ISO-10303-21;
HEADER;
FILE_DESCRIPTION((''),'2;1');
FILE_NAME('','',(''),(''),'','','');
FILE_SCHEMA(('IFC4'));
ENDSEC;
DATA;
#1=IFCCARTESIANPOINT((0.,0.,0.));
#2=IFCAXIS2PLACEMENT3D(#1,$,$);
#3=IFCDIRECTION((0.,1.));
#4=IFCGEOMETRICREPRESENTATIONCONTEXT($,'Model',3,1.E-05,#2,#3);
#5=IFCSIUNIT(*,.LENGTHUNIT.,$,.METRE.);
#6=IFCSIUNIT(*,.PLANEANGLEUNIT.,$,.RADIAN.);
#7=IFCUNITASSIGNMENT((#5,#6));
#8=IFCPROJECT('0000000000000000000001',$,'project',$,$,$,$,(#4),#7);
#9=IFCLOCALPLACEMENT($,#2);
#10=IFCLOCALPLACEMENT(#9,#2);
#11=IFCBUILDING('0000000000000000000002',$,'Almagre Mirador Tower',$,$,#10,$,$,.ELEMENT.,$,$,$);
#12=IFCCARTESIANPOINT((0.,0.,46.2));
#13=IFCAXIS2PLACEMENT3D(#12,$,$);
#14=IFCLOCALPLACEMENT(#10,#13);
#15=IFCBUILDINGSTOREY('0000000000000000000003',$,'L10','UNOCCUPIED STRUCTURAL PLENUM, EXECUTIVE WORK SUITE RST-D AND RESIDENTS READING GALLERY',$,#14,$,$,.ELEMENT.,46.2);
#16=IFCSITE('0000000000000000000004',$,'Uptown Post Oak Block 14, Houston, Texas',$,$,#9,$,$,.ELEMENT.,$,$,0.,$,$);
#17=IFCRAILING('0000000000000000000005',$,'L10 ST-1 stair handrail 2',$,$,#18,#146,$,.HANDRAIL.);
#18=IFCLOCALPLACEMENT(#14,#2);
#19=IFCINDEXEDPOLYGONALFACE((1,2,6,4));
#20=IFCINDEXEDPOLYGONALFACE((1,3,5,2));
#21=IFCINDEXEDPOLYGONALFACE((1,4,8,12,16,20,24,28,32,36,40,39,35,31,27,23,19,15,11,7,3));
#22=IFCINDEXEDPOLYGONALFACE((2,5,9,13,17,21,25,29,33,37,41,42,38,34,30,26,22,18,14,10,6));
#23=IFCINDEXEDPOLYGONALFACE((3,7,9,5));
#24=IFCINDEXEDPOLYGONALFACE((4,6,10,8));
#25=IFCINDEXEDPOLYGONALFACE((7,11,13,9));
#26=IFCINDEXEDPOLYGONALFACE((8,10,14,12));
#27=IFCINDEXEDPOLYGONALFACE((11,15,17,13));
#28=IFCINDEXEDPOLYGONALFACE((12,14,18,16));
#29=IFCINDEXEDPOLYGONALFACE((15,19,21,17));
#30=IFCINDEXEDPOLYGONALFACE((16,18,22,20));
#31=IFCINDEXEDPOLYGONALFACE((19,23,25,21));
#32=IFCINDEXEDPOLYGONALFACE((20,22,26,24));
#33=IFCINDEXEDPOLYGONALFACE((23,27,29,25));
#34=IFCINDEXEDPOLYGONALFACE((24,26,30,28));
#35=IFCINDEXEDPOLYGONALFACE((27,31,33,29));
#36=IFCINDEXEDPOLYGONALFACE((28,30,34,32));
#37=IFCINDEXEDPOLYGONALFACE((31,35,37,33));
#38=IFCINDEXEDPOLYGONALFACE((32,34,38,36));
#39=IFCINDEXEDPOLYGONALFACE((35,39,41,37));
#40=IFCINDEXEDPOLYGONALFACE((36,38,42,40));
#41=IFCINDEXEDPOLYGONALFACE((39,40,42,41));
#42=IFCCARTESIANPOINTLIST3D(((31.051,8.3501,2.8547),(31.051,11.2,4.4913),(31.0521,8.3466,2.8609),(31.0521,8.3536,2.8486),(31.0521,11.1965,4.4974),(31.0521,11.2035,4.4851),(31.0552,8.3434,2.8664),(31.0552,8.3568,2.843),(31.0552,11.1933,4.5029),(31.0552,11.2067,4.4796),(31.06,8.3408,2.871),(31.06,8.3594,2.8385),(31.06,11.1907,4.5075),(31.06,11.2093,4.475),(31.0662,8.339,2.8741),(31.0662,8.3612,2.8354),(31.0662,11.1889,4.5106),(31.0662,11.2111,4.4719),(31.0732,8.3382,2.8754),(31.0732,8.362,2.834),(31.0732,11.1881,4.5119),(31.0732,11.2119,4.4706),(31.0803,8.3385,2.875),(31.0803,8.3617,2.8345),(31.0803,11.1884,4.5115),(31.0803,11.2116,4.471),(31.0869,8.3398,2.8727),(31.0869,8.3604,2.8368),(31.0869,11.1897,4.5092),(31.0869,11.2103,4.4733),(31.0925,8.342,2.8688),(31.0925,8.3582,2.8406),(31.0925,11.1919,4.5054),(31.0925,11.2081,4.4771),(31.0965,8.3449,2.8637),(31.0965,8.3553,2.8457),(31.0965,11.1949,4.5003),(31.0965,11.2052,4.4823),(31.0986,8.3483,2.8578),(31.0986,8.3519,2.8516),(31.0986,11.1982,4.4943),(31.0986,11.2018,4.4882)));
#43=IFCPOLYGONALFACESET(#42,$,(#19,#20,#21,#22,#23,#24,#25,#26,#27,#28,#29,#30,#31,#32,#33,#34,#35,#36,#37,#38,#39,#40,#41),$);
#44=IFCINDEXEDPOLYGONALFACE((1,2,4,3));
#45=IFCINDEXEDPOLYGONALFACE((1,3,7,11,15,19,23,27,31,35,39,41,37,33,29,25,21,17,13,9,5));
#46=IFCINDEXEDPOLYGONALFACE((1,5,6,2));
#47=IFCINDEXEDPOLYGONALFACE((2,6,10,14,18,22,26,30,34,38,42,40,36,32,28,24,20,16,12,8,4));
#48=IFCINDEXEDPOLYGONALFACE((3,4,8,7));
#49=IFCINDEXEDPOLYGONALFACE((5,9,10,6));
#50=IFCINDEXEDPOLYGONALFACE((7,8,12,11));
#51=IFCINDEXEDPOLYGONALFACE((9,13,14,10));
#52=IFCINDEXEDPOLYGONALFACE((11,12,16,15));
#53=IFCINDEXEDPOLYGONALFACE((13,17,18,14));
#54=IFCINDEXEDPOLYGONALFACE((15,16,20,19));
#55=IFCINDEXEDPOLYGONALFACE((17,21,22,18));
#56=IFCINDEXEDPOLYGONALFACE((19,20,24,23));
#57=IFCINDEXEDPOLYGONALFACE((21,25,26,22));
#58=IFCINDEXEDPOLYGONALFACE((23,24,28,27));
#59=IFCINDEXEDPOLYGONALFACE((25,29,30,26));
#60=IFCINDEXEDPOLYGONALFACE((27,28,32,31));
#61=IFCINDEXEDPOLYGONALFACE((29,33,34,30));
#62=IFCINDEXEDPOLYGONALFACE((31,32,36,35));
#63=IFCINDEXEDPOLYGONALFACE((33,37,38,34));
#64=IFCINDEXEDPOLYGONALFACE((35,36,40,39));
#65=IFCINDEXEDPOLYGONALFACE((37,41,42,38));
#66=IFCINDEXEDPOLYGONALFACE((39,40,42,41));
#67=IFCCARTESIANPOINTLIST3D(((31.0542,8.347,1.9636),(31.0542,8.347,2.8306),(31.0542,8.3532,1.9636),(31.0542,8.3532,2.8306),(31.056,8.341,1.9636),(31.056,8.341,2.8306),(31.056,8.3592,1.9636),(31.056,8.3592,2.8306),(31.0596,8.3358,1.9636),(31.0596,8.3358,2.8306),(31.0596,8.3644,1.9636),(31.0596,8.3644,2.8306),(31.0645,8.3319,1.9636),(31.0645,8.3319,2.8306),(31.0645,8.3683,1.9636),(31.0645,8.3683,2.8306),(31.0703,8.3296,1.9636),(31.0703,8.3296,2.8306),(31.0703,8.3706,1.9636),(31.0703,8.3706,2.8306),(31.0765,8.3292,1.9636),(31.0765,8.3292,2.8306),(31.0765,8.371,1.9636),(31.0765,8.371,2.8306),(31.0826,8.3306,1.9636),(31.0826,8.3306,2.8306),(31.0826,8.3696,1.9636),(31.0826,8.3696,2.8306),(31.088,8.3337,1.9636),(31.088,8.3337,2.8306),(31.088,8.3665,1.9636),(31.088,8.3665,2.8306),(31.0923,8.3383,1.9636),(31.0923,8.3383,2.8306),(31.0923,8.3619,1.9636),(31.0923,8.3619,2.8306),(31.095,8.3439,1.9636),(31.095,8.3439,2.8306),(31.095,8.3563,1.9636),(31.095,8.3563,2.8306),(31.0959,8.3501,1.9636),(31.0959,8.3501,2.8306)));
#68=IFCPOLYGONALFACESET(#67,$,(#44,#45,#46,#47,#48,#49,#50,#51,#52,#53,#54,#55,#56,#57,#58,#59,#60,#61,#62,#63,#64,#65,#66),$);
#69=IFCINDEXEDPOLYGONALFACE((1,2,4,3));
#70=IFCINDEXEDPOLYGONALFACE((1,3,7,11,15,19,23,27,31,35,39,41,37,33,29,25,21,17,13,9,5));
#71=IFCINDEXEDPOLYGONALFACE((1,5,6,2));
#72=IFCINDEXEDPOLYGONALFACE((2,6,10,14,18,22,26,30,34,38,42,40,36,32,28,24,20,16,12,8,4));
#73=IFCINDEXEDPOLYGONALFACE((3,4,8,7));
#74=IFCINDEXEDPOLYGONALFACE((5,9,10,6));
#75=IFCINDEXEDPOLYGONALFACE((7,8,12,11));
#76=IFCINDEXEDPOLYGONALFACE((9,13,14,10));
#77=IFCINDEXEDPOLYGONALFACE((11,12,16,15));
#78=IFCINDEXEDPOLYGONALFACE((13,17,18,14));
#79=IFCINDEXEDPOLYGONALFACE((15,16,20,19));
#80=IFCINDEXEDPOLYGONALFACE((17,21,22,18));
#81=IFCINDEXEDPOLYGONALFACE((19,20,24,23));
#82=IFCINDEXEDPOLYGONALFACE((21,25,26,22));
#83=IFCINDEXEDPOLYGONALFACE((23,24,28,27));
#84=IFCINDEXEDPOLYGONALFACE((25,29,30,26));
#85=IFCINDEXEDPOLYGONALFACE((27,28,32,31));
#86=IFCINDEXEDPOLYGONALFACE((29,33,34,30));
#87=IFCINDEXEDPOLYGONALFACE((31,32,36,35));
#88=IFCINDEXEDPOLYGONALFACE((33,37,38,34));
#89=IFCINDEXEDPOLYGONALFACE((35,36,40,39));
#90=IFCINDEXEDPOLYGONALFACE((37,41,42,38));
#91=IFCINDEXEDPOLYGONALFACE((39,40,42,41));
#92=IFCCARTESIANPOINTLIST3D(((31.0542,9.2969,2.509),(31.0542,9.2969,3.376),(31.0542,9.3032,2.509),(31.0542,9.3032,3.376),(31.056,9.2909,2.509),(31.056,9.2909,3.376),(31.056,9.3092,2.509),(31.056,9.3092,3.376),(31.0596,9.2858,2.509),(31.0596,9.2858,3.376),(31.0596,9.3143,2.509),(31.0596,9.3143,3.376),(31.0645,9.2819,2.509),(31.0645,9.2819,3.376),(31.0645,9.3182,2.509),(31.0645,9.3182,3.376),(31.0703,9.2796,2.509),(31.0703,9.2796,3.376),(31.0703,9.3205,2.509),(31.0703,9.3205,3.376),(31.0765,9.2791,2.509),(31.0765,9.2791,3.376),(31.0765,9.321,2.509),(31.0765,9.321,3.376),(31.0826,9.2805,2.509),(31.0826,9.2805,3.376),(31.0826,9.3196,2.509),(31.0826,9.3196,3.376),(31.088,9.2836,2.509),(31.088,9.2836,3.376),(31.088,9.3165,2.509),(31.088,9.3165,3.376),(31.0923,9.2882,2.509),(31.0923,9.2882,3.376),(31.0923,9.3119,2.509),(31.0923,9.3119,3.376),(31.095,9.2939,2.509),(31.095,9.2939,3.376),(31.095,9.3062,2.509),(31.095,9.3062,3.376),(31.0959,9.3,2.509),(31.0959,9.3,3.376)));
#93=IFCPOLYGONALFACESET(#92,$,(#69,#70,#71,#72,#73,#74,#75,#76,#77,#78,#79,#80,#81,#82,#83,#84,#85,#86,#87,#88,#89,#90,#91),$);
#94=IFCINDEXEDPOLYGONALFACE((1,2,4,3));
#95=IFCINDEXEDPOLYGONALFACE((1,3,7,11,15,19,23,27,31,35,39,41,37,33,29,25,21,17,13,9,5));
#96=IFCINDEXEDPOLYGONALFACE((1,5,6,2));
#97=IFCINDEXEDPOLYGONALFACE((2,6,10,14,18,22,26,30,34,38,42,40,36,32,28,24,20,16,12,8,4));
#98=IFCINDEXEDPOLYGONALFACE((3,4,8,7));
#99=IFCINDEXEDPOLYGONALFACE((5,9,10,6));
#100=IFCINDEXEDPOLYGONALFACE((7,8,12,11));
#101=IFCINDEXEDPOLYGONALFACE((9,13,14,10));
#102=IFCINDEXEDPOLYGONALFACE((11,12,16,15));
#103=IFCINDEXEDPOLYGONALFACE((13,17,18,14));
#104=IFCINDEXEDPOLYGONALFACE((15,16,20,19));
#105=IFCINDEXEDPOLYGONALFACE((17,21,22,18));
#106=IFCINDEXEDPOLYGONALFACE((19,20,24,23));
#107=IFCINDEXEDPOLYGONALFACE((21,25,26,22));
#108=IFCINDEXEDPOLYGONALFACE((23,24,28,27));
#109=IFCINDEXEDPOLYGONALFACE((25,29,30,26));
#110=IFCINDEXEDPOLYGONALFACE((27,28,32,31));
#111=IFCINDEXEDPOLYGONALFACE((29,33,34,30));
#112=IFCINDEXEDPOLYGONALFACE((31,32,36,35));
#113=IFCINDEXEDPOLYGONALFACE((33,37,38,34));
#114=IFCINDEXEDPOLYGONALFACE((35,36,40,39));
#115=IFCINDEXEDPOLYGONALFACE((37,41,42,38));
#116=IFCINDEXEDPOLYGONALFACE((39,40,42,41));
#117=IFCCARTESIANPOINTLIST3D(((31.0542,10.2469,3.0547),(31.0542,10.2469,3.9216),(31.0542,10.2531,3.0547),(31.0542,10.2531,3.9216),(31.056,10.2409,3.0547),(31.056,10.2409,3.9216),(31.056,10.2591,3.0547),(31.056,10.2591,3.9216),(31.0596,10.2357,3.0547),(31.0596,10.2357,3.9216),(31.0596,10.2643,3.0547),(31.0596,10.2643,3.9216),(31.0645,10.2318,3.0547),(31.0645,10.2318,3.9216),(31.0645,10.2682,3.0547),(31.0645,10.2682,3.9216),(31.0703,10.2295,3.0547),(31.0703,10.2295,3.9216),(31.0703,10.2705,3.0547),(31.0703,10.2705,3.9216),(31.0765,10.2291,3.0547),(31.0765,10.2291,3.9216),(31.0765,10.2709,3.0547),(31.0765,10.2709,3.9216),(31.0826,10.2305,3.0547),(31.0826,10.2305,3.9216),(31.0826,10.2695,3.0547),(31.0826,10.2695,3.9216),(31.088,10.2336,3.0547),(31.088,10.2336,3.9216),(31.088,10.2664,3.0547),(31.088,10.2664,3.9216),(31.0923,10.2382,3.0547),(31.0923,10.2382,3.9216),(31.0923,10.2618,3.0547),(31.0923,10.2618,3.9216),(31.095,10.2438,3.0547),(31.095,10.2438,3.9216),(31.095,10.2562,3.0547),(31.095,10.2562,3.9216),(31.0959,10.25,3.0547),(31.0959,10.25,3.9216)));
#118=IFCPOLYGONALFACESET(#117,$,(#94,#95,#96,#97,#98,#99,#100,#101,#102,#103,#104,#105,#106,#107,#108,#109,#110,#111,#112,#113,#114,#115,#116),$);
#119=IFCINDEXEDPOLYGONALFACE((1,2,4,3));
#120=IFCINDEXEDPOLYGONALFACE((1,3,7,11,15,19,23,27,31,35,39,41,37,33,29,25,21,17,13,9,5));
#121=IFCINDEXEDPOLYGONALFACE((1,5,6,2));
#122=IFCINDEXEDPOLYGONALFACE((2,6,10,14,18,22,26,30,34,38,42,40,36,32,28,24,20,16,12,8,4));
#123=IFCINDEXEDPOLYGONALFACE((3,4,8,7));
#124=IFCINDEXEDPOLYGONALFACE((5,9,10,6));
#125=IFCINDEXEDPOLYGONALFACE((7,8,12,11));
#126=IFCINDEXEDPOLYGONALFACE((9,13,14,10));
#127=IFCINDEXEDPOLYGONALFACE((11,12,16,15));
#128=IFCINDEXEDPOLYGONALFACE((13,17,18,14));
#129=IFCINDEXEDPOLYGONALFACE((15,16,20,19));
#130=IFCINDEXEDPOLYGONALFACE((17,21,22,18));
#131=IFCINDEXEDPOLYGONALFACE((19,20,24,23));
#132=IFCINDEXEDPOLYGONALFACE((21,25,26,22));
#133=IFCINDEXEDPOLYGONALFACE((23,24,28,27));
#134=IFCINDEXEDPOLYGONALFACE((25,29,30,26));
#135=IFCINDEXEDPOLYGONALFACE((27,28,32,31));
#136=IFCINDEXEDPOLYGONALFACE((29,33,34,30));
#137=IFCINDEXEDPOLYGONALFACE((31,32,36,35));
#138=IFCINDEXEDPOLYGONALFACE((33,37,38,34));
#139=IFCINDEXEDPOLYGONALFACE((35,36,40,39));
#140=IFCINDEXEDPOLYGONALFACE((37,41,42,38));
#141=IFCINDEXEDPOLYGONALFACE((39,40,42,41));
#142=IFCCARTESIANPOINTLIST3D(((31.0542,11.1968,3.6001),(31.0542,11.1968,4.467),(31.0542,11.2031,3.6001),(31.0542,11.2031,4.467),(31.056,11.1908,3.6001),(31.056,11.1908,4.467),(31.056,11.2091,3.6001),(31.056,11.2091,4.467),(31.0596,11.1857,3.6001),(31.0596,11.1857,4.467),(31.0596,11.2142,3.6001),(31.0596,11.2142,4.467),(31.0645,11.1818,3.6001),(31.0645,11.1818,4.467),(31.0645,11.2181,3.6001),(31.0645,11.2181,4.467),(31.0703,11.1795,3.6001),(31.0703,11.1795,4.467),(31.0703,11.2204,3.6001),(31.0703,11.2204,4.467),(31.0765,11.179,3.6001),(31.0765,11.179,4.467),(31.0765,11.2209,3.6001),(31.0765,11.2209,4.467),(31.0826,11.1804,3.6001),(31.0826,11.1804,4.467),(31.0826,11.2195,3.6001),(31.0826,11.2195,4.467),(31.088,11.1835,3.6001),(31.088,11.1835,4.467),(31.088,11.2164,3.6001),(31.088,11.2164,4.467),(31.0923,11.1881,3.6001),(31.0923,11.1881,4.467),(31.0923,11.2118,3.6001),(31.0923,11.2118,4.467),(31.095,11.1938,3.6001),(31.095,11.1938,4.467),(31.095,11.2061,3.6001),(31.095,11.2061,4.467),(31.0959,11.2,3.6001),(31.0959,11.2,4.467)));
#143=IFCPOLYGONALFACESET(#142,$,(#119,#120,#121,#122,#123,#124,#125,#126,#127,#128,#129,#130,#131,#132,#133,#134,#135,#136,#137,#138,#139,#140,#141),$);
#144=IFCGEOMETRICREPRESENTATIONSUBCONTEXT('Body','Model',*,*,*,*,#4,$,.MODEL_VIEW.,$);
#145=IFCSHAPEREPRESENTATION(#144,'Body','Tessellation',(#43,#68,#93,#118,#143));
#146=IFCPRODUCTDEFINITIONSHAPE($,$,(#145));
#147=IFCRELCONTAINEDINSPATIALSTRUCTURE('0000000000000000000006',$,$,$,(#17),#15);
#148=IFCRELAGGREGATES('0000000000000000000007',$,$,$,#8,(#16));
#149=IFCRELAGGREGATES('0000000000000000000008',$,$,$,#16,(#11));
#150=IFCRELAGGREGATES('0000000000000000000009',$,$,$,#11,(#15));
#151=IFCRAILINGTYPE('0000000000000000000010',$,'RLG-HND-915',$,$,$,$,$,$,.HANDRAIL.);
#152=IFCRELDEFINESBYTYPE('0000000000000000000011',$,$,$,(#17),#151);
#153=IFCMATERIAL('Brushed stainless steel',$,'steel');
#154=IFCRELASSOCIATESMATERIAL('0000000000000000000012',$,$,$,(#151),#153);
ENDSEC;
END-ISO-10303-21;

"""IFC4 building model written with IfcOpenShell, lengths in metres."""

from ifc_helpers import new_model, si_unit, direction, frame, origin, origin_2d, place, context, subcontext, project, spatial, circle, extrude, material, type_object, element, save


model = new_model("IFC4")

# Units and contexts
model_context = context("Model", 3, precision=1e-05, world=origin(), true_north=direction((0.0, 1.0)))
body_context = subcontext(model_context, "Body", "Model", "MODEL_VIEW")
ifc_project = project(units=[si_unit("LENGTHUNIT", "METRE"), si_unit("PLANEANGLEUNIT", "RADIAN")], contexts=[model_context])

# Site, building, storey
site_placement = place(None, origin())
site = spatial("IfcSite", under=ifc_project, at=site_placement, Name="Uptown Post Oak Block 14, Houston, Texas", CompositionType="ELEMENT", RefElevation=0.0)
building_placement = place(site_placement, origin())
building = spatial("IfcBuilding", under=site, at=building_placement, Name="Almagre Mirador Tower", CompositionType="ELEMENT")
storey_placement = place(building_placement, frame((0.0, 0.0, 46.2)))
storey = spatial("IfcBuildingStorey", under=building, at=storey_placement, Name="L10", Description="UNOCCUPIED STRUCTURAL PLENUM, EXECUTIVE WORK SUITE RST-D AND RESIDENTS READING GALLERY", CompositionType="ELEMENT", Elevation=46.2)

# Railing
ifc_material_1 = material(Name="Brushed stainless steel", Category="steel")
railing_type_1 = type_object("IfcRailingType", Name="RLG-HND-915", PredefinedType="HANDRAIL", material=ifc_material_1)
railing_1_placement = place(storey_placement, frame((31.075, 8.3501, 1.9636)))
element("IfcRailing", 1, at=railing_1_placement, inside=storey, type_object=railing_type_1, Name="L10 ST-1 stair handrail 2", PredefinedType="HANDRAIL", context=body_context, shape_type="SweptSolid", body=[
    extrude(circle(Radius=0.0239, at=origin_2d()), frame((0.0, 0.0, 0.8911), z_axis=(0.0, 0.867194, 0.49797), x_axis=(-1.0, 0.0, 0.0)), (0.0, 0.0, 1.0), 3.2864),
    extrude(circle(Radius=0.021, at=origin_2d()), origin(), (0.0, 0.0, 1.0), 0.8669),
    extrude(circle(Radius=0.021, at=origin_2d()), frame((0.0, 0.95, 0.5454)), (0.0, 0.0, 1.0), 0.8669),
    extrude(circle(Radius=0.021, at=origin_2d()), frame((0.0, 1.8999, 1.0911)), (0.0, 0.0, 1.0), 0.8669),
    extrude(circle(Radius=0.021, at=origin_2d()), frame((0.0, 2.8499, 1.6365)), (0.0, 0.0, 1.0), 0.8669),
])

save(model, "model.ifc")
